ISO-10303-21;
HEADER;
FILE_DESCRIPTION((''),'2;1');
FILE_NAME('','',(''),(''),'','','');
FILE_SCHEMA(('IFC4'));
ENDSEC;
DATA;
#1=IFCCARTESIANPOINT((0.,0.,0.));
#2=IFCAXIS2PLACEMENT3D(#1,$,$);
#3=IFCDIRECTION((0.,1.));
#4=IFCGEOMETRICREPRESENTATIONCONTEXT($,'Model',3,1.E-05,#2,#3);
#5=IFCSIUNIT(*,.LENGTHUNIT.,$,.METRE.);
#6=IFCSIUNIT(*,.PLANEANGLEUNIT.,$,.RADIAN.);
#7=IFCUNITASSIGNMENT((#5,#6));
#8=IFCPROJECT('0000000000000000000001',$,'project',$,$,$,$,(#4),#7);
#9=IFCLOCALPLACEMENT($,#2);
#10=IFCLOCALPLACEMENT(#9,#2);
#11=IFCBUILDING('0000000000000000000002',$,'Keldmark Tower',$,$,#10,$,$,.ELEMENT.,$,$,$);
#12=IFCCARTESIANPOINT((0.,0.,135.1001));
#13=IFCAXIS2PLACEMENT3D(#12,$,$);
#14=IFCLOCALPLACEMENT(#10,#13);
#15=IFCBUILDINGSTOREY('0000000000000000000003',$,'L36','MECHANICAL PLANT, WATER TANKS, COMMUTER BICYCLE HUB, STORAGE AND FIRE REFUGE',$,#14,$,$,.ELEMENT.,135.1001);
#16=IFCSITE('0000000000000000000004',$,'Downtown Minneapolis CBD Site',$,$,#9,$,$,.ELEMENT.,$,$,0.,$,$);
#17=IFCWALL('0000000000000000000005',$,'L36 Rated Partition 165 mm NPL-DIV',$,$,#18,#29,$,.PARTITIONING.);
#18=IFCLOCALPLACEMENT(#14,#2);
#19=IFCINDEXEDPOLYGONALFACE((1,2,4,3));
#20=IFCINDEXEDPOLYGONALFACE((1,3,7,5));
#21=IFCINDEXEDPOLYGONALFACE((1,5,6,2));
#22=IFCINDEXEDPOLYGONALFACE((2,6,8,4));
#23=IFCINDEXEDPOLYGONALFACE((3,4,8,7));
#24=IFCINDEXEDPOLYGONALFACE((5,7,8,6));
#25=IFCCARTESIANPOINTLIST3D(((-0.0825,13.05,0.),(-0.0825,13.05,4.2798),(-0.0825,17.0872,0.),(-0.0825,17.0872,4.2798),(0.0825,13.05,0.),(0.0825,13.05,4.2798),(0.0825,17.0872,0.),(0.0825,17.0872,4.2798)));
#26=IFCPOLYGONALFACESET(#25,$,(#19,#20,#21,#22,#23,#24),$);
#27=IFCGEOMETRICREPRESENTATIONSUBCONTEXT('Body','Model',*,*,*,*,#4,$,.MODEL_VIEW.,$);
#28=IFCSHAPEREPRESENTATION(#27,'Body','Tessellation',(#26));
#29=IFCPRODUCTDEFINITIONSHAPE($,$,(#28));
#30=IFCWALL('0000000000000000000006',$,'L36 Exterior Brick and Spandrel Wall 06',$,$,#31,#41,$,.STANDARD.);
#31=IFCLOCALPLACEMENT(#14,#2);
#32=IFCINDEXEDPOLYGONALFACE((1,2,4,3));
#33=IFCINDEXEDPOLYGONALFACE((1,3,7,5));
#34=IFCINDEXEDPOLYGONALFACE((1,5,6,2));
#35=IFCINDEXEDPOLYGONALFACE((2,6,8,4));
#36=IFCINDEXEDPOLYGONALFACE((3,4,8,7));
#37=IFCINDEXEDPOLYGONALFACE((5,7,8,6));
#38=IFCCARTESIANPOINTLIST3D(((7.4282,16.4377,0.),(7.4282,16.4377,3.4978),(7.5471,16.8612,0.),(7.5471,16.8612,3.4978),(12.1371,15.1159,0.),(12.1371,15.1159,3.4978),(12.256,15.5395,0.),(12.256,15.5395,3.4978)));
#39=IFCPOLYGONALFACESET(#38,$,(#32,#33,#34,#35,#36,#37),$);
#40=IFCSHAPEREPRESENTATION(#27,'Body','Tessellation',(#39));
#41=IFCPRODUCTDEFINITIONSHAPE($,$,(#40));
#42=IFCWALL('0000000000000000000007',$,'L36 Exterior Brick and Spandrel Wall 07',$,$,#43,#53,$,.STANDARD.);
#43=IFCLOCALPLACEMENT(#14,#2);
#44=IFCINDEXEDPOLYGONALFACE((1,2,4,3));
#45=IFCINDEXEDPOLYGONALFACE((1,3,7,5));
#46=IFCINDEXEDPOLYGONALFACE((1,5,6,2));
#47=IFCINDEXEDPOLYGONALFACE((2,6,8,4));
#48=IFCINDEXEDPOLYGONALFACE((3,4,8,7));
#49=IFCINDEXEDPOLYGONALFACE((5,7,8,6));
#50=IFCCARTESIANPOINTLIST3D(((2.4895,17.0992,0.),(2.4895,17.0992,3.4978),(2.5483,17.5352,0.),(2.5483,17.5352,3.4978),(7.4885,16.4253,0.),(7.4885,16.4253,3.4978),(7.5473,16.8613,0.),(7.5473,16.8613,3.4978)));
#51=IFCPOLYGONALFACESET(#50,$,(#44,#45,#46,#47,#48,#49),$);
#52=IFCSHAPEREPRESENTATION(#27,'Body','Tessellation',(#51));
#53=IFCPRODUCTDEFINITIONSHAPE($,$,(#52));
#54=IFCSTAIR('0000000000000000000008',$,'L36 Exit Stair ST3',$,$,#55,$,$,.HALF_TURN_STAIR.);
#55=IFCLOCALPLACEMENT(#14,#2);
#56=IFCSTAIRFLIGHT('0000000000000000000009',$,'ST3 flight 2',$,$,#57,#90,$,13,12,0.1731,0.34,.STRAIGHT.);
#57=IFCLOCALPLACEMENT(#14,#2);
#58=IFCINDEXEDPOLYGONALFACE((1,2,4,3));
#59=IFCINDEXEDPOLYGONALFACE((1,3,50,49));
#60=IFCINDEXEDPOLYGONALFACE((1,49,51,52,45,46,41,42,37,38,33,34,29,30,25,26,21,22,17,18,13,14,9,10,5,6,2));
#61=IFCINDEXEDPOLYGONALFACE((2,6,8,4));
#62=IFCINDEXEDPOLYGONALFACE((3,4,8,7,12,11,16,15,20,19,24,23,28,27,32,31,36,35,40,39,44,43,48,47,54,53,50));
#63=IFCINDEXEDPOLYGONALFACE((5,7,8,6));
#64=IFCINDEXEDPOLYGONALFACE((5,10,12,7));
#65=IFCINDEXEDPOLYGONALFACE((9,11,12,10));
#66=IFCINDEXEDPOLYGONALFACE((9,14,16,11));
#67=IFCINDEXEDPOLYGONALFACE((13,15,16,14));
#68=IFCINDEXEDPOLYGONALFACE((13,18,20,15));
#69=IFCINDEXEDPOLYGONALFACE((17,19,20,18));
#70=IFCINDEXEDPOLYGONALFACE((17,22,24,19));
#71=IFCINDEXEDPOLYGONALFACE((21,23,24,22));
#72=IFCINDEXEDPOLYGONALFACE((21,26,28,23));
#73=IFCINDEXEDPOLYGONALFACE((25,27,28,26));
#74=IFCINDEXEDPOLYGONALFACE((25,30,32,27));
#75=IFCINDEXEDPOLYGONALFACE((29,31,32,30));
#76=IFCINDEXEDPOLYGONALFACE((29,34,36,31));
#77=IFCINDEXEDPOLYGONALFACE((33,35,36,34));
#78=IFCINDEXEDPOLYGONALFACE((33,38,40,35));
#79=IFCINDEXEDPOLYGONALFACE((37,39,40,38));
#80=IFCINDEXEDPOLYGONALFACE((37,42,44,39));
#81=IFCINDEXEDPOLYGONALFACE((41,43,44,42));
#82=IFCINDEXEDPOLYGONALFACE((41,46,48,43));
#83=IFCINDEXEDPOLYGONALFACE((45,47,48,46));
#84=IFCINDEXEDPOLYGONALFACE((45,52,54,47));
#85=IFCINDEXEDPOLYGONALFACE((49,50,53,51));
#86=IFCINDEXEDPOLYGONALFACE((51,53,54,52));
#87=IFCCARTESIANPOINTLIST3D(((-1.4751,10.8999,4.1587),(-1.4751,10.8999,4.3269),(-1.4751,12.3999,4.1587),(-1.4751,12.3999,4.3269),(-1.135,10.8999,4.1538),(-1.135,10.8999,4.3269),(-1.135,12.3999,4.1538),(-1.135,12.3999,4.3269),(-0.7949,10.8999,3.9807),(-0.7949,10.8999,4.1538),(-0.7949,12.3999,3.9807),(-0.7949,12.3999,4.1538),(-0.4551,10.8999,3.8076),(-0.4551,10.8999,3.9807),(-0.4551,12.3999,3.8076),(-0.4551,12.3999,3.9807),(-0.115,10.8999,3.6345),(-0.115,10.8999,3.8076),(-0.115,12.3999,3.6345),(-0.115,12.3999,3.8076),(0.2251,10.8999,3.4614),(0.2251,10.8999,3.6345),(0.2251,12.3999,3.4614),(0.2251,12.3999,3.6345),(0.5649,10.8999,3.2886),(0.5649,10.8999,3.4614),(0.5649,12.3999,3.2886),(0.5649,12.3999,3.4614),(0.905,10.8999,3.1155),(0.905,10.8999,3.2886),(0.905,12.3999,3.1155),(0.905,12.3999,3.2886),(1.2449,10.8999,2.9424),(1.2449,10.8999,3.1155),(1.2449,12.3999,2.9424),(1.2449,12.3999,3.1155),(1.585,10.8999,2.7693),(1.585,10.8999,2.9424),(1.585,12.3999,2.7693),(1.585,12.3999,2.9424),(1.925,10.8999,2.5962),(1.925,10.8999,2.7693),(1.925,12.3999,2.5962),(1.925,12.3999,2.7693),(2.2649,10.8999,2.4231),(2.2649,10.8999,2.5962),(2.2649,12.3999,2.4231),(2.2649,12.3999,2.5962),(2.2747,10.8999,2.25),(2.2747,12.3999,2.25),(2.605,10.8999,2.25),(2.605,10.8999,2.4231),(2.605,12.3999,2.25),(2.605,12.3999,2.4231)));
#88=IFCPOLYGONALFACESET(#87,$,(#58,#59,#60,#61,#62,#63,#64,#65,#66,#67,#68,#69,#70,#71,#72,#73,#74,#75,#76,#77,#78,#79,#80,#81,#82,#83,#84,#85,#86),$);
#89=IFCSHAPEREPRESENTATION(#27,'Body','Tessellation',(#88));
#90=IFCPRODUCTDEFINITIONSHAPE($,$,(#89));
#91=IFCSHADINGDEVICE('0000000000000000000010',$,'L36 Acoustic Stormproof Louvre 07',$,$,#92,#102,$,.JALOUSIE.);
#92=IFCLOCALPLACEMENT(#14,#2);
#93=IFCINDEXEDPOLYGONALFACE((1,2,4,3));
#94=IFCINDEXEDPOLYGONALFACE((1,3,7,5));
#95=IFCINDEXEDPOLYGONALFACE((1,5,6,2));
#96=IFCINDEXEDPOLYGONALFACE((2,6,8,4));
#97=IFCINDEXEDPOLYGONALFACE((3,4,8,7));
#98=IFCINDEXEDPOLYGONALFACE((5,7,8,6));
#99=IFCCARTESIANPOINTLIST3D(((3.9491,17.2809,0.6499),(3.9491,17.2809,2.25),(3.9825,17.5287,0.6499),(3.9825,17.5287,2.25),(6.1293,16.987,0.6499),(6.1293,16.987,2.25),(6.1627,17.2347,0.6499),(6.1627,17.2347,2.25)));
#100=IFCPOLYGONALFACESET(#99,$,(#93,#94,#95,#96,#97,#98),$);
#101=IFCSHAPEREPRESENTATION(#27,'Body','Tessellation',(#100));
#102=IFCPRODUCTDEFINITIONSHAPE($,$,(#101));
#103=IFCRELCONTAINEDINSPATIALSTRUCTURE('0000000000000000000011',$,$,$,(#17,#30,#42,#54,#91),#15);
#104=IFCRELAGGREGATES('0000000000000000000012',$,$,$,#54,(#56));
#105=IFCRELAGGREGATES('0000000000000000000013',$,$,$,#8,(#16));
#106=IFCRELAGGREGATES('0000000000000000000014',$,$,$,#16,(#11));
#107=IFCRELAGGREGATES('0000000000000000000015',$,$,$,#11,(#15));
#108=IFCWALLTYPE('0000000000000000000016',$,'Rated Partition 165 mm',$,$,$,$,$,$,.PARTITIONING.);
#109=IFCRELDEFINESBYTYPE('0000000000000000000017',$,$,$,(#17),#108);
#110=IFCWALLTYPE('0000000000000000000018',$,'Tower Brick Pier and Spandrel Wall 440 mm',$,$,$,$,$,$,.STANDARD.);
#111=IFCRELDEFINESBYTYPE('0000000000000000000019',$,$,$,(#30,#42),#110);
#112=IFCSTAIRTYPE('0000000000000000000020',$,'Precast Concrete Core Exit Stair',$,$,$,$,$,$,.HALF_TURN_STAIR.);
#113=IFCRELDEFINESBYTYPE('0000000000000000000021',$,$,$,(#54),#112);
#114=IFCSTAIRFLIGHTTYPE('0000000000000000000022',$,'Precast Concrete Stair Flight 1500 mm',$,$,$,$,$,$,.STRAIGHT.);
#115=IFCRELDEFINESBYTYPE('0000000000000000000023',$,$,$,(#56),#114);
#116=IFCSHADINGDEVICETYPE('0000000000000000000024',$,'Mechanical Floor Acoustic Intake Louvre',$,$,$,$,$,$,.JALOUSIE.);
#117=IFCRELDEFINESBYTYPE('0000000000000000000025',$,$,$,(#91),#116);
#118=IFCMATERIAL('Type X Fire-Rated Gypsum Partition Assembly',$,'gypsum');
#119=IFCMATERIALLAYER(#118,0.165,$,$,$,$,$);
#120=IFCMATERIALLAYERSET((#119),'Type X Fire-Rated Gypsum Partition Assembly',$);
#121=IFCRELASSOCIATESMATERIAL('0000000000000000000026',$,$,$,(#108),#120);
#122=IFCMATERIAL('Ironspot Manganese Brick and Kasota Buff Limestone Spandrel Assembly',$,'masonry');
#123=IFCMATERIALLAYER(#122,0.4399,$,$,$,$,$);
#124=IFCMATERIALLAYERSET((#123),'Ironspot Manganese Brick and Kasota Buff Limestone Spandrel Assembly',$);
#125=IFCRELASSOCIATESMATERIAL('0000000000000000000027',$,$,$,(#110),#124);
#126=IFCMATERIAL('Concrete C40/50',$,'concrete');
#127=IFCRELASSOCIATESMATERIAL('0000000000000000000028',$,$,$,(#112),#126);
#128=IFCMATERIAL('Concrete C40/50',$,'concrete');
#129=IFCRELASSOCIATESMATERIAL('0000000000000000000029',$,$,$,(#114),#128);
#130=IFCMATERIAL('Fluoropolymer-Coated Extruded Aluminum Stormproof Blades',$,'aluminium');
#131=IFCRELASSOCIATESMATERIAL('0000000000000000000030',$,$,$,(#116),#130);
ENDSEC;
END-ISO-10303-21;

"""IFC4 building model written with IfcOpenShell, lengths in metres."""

from ifc_helpers import new_model, si_unit, direction, frame, frame_2d, origin, origin_2d, place, context, subcontext, project, spatial, polyline, rectangle, outline, extrude, material, layer, layer_set, type_object, element, aggregate, save


model = new_model("IFC4")

# Units and contexts
model_context = context("Model", 3, precision=1e-05, world=origin(), true_north=direction((0.0, 1.0)))
body_context = subcontext(model_context, "Body", "Model", "MODEL_VIEW")
ifc_project = project(units=[si_unit("LENGTHUNIT", "METRE"), si_unit("PLANEANGLEUNIT", "RADIAN")], contexts=[model_context])

# Site, building, storey
site_placement = place(None, origin())
site = spatial("IfcSite", under=ifc_project, at=site_placement, Name="Downtown Minneapolis CBD Site", CompositionType="ELEMENT", RefElevation=0.0)
building_placement = place(site_placement, origin())
building = spatial("IfcBuilding", under=site, at=building_placement, Name="Keldmark Tower", CompositionType="ELEMENT")
storey_placement = place(building_placement, frame((0.0, 0.0, 135.1001)))
storey = spatial("IfcBuildingStorey", under=building, at=storey_placement, Name="L36", Description="MECHANICAL PLANT, WATER TANKS, COMMUTER BICYCLE HUB, STORAGE AND FIRE REFUGE", CompositionType="ELEMENT", Elevation=135.1001)

# Walls
ifc_material_1 = material(Name="Type X Fire-Rated Gypsum Partition Assembly", Category="gypsum")
ifc_layer_1 = layer(ifc_material_1, 0.165)
ifc_layer_set_1 = layer_set([ifc_layer_1], Name="Type X Fire-Rated Gypsum Partition Assembly")
wall_type_1 = type_object("IfcWallType", Name="Rated Partition 165 mm", PredefinedType="PARTITIONING", material=ifc_layer_set_1)
wall_1_placement = place(storey_placement, frame((0.0, 13.05, 0.0), z_axis=(0.0, 0.0, 1.0), x_axis=(0.0, 1.0, 0.0)))
element("IfcWall", 1, at=wall_1_placement, inside=storey, type_object=wall_type_1, Name="L36 Rated Partition 165 mm NPL-DIV", PredefinedType="PARTITIONING", context=body_context, shape_type="SweptSolid", body=[
    extrude(rectangle(XDim=4.0371, YDim=0.165, at=frame_2d((2.0186, 0.0))), origin(), (0.0, 0.0, 1.0), 4.2798),
])
ifc_material_2 = material(Name="Ironspot Manganese Brick and Kasota Buff Limestone Spandrel Assembly", Category="masonry")
ifc_layer_2 = layer(ifc_material_2, 0.4399)
ifc_layer_set_2 = layer_set([ifc_layer_2], Name="Ironspot Manganese Brick and Kasota Buff Limestone Spandrel Assembly")
wall_type_2 = type_object("IfcWallType", Name="Tower Brick Pier and Spandrel Wall 440 mm", PredefinedType="STANDARD", material=ifc_layer_set_2)
wall_2_placement = place(storey_placement, frame((7.4878, 16.6494, 0.0), z_axis=(0.0, 0.0, 1.0), x_axis=(0.962791, -0.270248, 0.0)))
element("IfcWall", 2, at=wall_2_placement, inside=storey, type_object=wall_type_2, Name="L36 Exterior Brick and Spandrel Wall 06", PredefinedType="STANDARD", context=body_context, shape_type="SweptSolid", body=[
    extrude(rectangle(XDim=4.8909, YDim=0.4399, at=frame_2d((2.4453, 0.0))), origin(), (0.0, 0.0, 1.0), 3.4978),
])
wall_3_placement = place(storey_placement, frame((2.519, 17.3171, 0.0), z_axis=(0.0, 0.0, 1.0), x_axis=(0.991038, -0.133584, 0.0)))
element("IfcWall", 3, at=wall_3_placement, inside=storey, type_object=wall_type_2, Name="L36 Exterior Brick and Spandrel Wall 07", PredefinedType="STANDARD", context=body_context, shape_type="SweptSolid", body=[
    extrude(rectangle(XDim=5.0442, YDim=0.4399, at=frame_2d((2.522, 0.0))), origin(), (0.0, 0.0, 1.0), 3.4978),
])

# Stair, stair flight
ifc_material_3 = material(Name="Concrete C40/50", Category="concrete")
stair_type = type_object("IfcStairType", Name="Precast Concrete Core Exit Stair", PredefinedType="HALF_TURN_STAIR", material=ifc_material_3)
stair_placement = place(storey_placement, origin())
stair = element("IfcStair", 4, at=stair_placement, inside=storey, type_object=stair_type, Name="L36 Exit Stair ST3", PredefinedType="HALF_TURN_STAIR")
ifc_material_4 = material(Name="Concrete C40/50", Category="concrete")
stair_flight_type = type_object("IfcStairFlightType", Name="Precast Concrete Stair Flight 1500 mm", PredefinedType="STRAIGHT", material=ifc_material_4)
stair_flight_placement = place(storey_placement, frame((2.605, 11.6499, 2.25), z_axis=(0.0, 0.0, 1.0), x_axis=(-1.0, 0.0, 0.0)))
stair_flight = element("IfcStairFlight", 5, at=stair_flight_placement, type_object=stair_flight_type, Name="ST3 flight 2", NumberOfRisers=13, NumberOfTreads=12, PredefinedType="STRAIGHT", RiserHeight=0.1731, TreadLength=0.34, context=body_context, shape_type="SweptSolid", body=[
    extrude(outline(polyline([(0.0, 0.0), (0.0, 0.1731), (0.3401, 0.1731), (0.3401, 0.3462), (0.6799, 0.3462), (0.6799, 0.5193), (1.02, 0.5193), (1.02, 0.6924), (1.3601, 0.6924), (1.3601, 0.8655), (1.7, 0.8655), (1.7, 1.0386), (2.04, 1.0386), (2.04, 1.2114), (2.3799, 1.2114), (2.3799, 1.3845), (2.72, 1.3845), (2.72, 1.5576), (3.0601, 1.5576), (3.0601, 1.7307), (3.3999, 1.7307), (3.3999, 1.9038), (3.74, 1.9038), (3.74, 2.0769), (4.0801, 2.0769), (4.0801, 2.25), (4.0801, 1.9087), (0.3303, 0.0), (0.0, 0.0)])), frame((0.0, 0.75, 0.0), z_axis=(0.0, -1.0, 0.0), x_axis=(1.0, 0.0, 0.0)), (0.0, 0.0, 1.0), 1.5),
])
aggregate(stair, [stair_flight])

# Shading device
ifc_material_5 = material(Name="Fluoropolymer-Coated Extruded Aluminum Stormproof Blades", Category="aluminium")
shading_device_type = type_object("IfcShadingDeviceType", Name="Mechanical Floor Acoustic Intake Louvre", PredefinedType="JALOUSIE", material=ifc_material_5)
shading_device_placement = place(storey_placement, frame((5.0559, 17.2578, 0.6499), z_axis=(0.0, 0.0, 1.0), x_axis=(-0.991035, 0.133606, 0.0)))
element("IfcShadingDevice", 6, at=shading_device_placement, inside=storey, type_object=shading_device_type, Name="L36 Acoustic Stormproof Louvre 07", PredefinedType="JALOUSIE", context=body_context, shape_type="SweptSolid", body=[
    extrude(rectangle(XDim=2.2, YDim=0.25, at=origin_2d()), origin(), (0.0, 0.0, 1.0), 1.6001),
])

save(model, "model.ifc")
